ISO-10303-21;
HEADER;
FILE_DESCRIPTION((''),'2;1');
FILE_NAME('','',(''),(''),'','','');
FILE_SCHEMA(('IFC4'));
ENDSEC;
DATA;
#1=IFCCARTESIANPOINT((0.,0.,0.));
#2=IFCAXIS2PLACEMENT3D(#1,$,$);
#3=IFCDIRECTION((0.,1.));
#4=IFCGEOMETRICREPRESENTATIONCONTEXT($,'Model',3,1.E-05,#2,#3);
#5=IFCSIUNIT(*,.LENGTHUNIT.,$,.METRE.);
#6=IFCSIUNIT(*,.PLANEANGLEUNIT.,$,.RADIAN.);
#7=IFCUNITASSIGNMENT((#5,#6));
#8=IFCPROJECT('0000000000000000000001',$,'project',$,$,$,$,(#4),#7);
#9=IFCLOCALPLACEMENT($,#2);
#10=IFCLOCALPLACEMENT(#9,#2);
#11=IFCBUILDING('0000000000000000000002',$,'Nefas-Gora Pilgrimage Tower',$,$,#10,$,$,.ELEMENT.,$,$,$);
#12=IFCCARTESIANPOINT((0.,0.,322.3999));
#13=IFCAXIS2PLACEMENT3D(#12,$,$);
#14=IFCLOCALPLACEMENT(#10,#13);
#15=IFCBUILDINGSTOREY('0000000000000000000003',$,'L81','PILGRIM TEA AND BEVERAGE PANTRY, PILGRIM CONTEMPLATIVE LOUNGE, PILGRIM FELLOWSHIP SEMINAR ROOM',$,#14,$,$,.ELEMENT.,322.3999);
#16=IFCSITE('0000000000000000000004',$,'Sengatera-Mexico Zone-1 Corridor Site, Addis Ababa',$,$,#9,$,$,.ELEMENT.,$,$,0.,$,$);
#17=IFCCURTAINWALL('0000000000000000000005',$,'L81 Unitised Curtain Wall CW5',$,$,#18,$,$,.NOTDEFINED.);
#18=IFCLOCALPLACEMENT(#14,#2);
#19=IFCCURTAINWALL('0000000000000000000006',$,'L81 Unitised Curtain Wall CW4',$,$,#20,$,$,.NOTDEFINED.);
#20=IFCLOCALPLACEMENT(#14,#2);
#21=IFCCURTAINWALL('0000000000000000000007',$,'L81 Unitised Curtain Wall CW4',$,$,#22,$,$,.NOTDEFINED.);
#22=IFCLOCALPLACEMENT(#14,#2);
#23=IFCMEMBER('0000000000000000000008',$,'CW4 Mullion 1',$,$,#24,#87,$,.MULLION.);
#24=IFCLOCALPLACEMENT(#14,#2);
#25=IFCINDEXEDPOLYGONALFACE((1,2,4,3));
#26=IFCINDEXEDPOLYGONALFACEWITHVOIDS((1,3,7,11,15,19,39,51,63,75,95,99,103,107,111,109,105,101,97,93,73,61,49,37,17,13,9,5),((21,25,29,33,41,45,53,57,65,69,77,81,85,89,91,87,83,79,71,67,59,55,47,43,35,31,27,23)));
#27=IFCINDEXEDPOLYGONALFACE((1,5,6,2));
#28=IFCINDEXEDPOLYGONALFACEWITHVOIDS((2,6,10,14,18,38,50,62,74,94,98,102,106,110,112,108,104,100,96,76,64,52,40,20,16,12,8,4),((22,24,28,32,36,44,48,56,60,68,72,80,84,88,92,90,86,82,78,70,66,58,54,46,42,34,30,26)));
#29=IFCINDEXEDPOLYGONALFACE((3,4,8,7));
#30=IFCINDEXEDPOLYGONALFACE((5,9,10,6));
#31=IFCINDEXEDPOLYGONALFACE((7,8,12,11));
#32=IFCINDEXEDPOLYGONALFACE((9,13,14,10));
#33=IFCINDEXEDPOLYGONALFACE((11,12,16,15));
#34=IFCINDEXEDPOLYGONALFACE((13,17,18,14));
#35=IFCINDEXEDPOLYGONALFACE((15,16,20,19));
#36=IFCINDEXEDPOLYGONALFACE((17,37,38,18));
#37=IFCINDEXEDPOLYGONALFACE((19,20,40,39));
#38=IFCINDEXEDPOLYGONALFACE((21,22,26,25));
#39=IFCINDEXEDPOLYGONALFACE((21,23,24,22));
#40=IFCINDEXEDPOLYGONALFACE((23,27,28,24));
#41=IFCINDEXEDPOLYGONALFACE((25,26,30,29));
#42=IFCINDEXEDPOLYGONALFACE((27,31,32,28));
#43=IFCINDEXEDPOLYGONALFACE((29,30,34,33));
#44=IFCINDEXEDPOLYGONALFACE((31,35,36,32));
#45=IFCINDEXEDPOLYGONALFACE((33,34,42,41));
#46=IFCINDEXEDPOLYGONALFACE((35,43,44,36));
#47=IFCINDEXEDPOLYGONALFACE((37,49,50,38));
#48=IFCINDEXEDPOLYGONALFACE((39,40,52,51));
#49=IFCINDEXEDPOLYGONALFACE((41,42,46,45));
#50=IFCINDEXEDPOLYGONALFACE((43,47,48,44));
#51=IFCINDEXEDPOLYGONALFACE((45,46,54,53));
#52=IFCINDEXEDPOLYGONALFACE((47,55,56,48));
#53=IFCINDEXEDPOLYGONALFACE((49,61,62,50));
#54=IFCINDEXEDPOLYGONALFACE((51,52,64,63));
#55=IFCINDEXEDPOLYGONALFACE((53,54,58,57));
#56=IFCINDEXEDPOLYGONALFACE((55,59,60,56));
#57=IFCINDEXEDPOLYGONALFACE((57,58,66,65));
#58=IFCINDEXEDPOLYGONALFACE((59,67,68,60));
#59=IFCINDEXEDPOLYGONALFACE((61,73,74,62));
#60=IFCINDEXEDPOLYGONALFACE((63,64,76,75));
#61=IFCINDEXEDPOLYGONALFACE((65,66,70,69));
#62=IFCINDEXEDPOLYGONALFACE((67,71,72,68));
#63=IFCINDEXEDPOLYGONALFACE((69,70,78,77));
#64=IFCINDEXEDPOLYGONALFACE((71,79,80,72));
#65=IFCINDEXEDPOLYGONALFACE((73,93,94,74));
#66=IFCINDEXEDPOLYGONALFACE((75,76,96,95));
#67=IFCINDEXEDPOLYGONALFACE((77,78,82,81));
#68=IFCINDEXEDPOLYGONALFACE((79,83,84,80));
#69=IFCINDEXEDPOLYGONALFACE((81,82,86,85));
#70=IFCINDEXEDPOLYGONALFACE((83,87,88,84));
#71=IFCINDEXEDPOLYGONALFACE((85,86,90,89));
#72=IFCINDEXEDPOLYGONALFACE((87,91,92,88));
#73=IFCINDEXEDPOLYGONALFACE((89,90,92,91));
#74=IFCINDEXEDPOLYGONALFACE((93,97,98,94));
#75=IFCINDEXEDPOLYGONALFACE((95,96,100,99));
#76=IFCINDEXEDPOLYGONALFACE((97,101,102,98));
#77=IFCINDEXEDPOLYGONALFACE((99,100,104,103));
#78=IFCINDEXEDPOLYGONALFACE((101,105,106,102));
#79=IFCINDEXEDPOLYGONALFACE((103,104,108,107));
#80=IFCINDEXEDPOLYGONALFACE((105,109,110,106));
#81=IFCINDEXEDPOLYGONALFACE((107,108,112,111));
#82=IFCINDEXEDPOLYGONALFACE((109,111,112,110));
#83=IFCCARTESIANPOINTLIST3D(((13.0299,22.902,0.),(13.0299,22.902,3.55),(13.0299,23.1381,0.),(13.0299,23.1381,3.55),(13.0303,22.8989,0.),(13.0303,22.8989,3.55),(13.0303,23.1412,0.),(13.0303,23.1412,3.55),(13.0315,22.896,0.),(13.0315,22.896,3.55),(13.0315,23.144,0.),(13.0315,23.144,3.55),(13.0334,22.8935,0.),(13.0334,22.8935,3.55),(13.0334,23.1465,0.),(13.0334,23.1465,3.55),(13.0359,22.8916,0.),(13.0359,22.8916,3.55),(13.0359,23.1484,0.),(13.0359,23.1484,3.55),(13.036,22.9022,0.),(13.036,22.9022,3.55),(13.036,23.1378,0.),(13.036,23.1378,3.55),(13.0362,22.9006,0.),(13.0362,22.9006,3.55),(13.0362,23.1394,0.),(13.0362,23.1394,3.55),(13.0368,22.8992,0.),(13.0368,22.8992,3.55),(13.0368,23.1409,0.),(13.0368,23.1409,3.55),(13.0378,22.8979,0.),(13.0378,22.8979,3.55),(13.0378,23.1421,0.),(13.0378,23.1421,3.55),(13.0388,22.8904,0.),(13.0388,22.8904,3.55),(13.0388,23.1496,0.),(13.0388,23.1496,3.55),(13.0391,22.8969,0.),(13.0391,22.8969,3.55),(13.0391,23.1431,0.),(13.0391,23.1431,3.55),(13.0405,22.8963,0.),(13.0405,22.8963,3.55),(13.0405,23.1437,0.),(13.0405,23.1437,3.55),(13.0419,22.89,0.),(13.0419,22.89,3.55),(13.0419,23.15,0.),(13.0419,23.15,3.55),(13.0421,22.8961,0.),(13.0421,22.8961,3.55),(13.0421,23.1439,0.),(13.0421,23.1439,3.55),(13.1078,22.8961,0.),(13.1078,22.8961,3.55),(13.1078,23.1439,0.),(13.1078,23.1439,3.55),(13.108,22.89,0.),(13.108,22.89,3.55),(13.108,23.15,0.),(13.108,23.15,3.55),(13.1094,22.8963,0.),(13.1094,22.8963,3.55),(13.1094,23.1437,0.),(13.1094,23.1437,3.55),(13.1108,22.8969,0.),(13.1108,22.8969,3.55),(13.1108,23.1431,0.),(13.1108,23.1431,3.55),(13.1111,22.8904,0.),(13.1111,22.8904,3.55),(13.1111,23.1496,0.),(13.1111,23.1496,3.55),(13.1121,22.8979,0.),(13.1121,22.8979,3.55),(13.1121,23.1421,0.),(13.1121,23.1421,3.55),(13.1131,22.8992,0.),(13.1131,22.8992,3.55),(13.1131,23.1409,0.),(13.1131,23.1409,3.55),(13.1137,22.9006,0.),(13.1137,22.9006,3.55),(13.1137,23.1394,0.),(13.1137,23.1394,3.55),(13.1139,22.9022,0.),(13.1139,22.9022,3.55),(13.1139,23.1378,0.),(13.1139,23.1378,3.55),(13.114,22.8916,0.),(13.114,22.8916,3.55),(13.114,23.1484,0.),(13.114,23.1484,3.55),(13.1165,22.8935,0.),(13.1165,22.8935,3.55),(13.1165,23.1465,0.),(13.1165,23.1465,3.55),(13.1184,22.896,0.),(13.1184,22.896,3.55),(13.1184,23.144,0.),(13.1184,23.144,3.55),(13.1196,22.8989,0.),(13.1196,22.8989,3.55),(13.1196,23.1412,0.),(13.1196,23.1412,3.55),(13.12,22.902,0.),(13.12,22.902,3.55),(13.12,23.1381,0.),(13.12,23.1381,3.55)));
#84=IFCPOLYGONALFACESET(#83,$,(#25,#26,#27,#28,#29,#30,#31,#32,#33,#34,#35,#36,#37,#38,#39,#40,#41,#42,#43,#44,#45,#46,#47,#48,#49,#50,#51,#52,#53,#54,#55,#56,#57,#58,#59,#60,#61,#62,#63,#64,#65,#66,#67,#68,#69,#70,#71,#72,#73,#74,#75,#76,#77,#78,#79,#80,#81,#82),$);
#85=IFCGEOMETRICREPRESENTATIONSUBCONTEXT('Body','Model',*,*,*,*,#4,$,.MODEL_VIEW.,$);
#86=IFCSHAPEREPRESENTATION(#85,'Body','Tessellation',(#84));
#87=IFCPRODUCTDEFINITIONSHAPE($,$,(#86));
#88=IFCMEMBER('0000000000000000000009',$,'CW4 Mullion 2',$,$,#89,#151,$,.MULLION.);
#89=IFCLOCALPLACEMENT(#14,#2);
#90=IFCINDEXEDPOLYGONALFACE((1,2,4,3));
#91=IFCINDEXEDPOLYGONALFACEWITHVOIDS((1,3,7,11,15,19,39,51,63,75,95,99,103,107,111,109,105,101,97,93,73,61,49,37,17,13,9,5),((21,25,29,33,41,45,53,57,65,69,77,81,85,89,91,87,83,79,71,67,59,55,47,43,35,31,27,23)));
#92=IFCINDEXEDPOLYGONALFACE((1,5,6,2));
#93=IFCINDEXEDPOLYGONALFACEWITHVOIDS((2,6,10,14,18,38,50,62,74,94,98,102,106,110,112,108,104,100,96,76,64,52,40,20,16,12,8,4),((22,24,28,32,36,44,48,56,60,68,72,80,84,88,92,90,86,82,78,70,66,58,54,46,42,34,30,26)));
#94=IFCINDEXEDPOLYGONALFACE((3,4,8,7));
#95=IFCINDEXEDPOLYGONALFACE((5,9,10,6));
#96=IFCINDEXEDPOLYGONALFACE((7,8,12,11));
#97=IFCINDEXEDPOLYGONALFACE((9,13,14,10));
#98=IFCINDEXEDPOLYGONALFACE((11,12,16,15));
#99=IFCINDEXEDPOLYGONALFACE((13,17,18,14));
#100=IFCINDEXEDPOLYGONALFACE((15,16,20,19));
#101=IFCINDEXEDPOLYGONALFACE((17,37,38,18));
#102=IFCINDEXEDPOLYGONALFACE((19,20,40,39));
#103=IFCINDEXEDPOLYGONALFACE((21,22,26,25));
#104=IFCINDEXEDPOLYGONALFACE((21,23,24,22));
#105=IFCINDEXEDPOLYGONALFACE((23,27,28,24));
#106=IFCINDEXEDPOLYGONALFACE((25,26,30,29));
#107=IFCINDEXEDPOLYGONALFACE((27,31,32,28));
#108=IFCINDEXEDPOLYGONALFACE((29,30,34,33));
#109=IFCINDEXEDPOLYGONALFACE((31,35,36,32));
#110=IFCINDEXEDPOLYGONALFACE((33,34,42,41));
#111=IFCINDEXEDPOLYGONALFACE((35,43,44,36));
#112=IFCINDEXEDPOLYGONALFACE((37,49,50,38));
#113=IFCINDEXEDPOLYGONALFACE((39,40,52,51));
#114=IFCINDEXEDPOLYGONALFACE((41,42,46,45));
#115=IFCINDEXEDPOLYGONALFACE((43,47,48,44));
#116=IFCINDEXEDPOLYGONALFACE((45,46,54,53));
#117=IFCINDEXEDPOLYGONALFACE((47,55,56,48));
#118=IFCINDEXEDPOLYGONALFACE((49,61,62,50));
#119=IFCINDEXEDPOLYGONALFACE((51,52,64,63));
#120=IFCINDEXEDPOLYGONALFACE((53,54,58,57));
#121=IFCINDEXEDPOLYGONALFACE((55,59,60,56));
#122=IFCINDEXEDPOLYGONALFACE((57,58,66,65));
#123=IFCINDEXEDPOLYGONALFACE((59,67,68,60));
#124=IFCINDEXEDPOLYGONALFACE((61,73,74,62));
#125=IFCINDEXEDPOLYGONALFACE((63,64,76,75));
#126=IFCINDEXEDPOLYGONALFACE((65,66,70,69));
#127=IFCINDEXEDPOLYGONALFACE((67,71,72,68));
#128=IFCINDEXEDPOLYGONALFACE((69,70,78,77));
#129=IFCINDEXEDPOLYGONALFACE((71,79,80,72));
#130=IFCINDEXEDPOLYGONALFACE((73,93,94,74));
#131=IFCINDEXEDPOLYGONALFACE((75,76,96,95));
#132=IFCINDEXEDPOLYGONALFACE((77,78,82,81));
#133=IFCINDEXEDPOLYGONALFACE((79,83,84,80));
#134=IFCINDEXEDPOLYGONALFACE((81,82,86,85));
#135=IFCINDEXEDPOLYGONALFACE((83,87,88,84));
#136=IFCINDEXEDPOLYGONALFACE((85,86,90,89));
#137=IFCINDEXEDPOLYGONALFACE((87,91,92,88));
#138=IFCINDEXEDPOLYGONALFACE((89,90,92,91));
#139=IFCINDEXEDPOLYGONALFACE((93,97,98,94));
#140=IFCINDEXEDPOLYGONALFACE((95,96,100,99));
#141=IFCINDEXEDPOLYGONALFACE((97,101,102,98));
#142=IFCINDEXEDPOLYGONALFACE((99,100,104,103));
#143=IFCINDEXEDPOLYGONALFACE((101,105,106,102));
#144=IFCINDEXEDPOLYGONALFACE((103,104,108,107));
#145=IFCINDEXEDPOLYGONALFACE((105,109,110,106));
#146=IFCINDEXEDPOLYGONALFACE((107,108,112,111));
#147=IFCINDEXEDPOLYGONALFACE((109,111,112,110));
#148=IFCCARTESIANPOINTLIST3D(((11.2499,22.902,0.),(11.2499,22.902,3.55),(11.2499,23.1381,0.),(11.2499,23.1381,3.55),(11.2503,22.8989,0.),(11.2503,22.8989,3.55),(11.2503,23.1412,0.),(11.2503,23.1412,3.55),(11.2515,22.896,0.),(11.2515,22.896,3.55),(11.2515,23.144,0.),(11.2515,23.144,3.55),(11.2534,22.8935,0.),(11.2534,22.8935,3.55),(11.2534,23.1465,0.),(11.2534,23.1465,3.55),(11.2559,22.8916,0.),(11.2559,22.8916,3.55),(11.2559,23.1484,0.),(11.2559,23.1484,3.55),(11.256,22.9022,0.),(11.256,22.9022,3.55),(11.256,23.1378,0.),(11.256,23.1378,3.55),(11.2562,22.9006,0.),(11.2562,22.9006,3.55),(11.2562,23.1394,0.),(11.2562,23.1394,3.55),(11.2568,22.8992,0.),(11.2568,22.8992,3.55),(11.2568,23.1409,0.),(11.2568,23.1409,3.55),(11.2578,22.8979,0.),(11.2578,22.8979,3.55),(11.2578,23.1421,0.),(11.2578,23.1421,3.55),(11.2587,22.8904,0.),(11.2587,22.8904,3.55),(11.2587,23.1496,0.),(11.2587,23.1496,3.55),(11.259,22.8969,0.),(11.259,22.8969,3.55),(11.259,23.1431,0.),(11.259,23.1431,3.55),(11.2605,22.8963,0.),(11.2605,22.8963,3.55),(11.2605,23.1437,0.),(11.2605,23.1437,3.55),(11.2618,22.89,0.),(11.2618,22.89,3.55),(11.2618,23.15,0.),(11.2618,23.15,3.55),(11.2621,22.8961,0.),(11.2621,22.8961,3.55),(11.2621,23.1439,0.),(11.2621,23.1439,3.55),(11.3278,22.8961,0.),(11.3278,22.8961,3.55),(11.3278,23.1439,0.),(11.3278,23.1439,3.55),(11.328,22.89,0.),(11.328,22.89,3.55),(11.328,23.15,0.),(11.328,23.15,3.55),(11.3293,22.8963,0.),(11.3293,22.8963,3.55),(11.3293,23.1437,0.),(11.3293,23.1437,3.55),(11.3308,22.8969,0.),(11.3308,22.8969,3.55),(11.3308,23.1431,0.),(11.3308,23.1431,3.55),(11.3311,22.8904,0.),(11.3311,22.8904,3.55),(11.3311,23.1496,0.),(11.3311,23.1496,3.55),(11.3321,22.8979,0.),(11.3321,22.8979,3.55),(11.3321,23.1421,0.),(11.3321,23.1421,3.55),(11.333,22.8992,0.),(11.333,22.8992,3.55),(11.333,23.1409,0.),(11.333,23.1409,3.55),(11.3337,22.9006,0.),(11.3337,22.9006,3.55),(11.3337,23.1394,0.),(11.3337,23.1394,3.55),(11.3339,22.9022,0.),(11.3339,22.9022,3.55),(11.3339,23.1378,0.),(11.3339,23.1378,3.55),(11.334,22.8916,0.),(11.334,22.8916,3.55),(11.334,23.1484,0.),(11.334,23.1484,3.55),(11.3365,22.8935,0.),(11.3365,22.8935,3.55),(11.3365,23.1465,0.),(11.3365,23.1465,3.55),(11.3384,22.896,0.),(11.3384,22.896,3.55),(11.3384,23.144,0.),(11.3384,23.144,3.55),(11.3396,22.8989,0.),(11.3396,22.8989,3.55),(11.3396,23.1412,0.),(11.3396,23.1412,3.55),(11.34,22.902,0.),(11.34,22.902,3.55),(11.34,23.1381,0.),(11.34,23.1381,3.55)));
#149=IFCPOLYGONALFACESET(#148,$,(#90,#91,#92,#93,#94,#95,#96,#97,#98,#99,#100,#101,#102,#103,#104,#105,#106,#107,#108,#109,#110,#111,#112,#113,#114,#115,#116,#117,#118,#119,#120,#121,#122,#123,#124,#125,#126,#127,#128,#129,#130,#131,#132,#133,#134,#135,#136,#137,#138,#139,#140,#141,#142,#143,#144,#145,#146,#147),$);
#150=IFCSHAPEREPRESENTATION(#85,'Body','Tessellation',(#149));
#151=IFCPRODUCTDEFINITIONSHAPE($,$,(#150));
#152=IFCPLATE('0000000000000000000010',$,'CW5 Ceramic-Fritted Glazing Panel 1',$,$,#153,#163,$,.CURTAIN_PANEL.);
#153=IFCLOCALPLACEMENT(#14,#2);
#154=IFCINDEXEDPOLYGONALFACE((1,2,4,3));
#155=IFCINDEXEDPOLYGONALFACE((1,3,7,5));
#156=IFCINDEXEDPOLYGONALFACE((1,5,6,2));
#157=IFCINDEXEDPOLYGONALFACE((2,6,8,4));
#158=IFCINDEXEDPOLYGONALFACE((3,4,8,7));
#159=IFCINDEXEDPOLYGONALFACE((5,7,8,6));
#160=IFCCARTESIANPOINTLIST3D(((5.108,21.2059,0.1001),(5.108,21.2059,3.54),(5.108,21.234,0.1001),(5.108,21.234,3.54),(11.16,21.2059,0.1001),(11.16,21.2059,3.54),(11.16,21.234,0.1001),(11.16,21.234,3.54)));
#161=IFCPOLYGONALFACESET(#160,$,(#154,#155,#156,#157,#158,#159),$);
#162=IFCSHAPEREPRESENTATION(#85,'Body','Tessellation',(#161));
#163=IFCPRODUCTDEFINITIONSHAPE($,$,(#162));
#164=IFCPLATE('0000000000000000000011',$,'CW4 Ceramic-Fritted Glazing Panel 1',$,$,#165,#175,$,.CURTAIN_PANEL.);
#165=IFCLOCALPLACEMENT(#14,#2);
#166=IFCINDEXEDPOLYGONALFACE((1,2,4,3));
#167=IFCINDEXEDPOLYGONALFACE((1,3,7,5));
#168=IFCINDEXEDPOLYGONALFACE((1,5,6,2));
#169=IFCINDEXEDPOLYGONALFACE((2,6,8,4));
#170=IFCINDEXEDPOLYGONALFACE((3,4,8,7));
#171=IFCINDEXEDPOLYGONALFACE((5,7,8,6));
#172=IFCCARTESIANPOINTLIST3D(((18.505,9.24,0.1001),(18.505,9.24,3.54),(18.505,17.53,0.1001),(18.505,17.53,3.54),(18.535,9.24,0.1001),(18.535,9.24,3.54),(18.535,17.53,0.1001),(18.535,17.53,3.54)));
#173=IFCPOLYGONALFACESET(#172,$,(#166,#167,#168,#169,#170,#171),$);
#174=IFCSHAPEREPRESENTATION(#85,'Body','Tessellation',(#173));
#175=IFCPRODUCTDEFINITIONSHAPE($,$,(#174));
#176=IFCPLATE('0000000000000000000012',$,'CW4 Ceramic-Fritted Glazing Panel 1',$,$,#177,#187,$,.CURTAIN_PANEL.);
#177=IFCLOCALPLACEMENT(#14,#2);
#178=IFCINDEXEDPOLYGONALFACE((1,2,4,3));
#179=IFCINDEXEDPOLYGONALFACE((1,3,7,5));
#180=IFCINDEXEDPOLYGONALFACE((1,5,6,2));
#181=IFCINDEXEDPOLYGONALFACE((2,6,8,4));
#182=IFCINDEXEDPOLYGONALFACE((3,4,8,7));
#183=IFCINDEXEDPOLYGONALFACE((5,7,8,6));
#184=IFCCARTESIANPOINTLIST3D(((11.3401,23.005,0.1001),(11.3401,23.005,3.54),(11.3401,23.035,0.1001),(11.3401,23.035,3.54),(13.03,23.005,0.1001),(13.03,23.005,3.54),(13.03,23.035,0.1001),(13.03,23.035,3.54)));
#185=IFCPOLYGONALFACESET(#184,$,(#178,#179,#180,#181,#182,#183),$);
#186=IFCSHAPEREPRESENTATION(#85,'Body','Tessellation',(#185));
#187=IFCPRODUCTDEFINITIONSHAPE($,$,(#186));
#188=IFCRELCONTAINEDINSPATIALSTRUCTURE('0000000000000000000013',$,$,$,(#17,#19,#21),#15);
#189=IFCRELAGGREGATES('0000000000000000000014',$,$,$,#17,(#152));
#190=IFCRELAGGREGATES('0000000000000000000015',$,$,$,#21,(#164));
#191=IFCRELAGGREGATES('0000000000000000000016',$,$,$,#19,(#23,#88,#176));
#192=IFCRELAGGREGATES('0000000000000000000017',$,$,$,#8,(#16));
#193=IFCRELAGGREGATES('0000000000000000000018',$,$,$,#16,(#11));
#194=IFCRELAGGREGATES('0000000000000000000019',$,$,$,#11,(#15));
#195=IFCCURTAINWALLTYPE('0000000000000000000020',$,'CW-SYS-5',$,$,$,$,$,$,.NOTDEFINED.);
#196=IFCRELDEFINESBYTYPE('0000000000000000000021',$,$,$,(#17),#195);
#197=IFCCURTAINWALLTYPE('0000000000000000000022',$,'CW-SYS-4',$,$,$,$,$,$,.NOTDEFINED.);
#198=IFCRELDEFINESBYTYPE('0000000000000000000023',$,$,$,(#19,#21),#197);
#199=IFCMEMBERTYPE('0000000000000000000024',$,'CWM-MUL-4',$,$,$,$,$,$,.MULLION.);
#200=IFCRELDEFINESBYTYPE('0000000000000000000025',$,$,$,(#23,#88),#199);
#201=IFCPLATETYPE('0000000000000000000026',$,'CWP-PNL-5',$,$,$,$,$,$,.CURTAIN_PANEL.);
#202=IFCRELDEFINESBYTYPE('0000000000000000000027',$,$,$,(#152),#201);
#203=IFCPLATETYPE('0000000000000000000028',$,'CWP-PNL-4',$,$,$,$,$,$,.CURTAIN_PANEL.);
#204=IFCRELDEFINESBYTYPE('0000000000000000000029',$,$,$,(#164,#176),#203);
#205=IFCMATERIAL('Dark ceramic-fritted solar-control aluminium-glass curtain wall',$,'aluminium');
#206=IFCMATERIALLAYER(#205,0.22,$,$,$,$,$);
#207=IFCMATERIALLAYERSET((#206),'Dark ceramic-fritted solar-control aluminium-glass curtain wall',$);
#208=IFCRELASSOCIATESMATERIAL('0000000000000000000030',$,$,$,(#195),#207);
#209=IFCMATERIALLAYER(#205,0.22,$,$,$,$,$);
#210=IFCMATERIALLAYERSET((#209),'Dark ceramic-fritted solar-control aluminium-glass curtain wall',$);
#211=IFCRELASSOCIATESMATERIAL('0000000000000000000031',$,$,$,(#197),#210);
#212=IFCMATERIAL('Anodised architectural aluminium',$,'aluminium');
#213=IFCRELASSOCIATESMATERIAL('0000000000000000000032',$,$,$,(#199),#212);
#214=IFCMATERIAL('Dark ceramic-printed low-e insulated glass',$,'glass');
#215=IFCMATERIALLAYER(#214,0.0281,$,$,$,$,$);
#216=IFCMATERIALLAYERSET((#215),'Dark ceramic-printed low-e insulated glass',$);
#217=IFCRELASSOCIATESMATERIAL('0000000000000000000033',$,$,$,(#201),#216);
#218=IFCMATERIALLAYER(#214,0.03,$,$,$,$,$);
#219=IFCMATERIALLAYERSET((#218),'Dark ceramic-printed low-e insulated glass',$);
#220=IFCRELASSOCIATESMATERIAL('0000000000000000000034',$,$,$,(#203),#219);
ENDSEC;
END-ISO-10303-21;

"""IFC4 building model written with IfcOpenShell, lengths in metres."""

from ifc_helpers import new_model, si_unit, direction, frame, origin, origin_2d, place, context, subcontext, project, spatial, rectangle, hollow_rectangle, extrude, source, transform, mapped, material, layer, layer_set, material_profile, profile_set, type_object, element, aggregate, save


model = new_model("IFC4")

# Units and contexts
model_context = context("Model", 3, precision=1e-05, world=origin(), true_north=direction((0.0, 1.0)))
body_context = subcontext(model_context, "Body", "Model", "MODEL_VIEW")
ifc_project = project(units=[si_unit("LENGTHUNIT", "METRE"), si_unit("PLANEANGLEUNIT", "RADIAN")], contexts=[model_context])

# Site, building, storey
site_placement = place(None, origin())
site = spatial("IfcSite", under=ifc_project, at=site_placement, Name="Sengatera-Mexico Zone-1 Corridor Site, Addis Ababa", CompositionType="ELEMENT", RefElevation=0.0)
building_placement = place(site_placement, origin())
building = spatial("IfcBuilding", under=site, at=building_placement, Name="Nefas-Gora Pilgrimage Tower", CompositionType="ELEMENT")
storey_placement = place(building_placement, frame((0.0, 0.0, 322.3999)))
storey = spatial("IfcBuildingStorey", under=building, at=storey_placement, Name="L81", Description="PILGRIM TEA AND BEVERAGE PANTRY, PILGRIM CONTEMPLATIVE LOUNGE, PILGRIM FELLOWSHIP SEMINAR ROOM", CompositionType="ELEMENT", Elevation=322.3999)

# Curtain wall
ifc_material_1 = material(Name="Dark ceramic-fritted solar-control aluminium-glass curtain wall", Category="aluminium")
ifc_layer_1 = layer(ifc_material_1, 0.22)
ifc_layer_set_1 = layer_set([ifc_layer_1], Name="Dark ceramic-fritted solar-control aluminium-glass curtain wall")
curtain_wall_type_1 = type_object("IfcCurtainWallType", Name="CW-SYS-5", PredefinedType="NOTDEFINED", material=ifc_layer_set_1)
curtain_wall_1_placement = place(storey_placement, origin())
curtain_wall_1 = element("IfcCurtainWall", 1, at=curtain_wall_1_placement, inside=storey, type_object=curtain_wall_type_1, Name="L81 Unitised Curtain Wall CW5", PredefinedType="NOTDEFINED")
ifc_material_2 = material(Name="Anodised architectural aluminium", Category="aluminium")

# Curtain walls
ifc_layer_2 = layer(ifc_material_1, 0.22)
ifc_layer_set_2 = layer_set([ifc_layer_2], Name="Dark ceramic-fritted solar-control aluminium-glass curtain wall")
curtain_wall_type_2 = type_object("IfcCurtainWallType", Name="CW-SYS-4", PredefinedType="NOTDEFINED", material=ifc_layer_set_2)
curtain_wall_2_placement = place(storey_placement, origin())
curtain_wall_2 = element("IfcCurtainWall", 2, at=curtain_wall_2_placement, inside=storey, type_object=curtain_wall_type_2, Name="L81 Unitised Curtain Wall CW4", PredefinedType="NOTDEFINED")
curtain_wall_3_placement = place(storey_placement, origin())
curtain_wall_3 = element("IfcCurtainWall", 3, at=curtain_wall_3_placement, inside=storey, type_object=curtain_wall_type_2, Name="L81 Unitised Curtain Wall CW4", PredefinedType="NOTDEFINED")
ifc_material_profile_1 = material_profile(ifc_material_2, hollow_rectangle(XDim=0.0901, YDim=0.26, WallThickness=0.0061, InnerFilletRadius=0.0061, OuterFilletRadius=0.012, at=origin_2d()), Name="ALU MULLION 90x260")
ifc_profile_set_1 = profile_set([ifc_material_profile_1], Name="Anodised architectural aluminium")
member_type_1 = type_object("IfcMemberType", Name="CWM-MUL-4", PredefinedType="MULLION", material=ifc_profile_set_1)
shared_shape_1 = source(origin(), body_context, "Body", "SweptSolid", [
    extrude(hollow_rectangle(XDim=0.0901, YDim=0.26, WallThickness=0.0061, InnerFilletRadius=0.0061, OuterFilletRadius=0.012, at=origin_2d()), origin(), (0.0, 0.0, 1.0), 3.55),
])

# Members
member_1_placement = place(storey_placement, frame((13.075, 23.02, 0.0), z_axis=(0.0, 0.0, 1.0), x_axis=(-1.0, 0.0, 0.0)))
member_1 = element("IfcMember", 4, at=member_1_placement, type_object=member_type_1, Name="CW4 Mullion 1", PredefinedType="MULLION", context=body_context, shape_type="MappedRepresentation", body=[
    mapped(shared_shape_1, transform((0.0, 0.0, 0.0), x_axis=(1.0, 0.0, 0.0), y_axis=(0.0, 1.0, 0.0), z_axis=(0.0, 0.0, 1.0), scale=1.0)),
])
member_2_placement = place(storey_placement, frame((11.2949, 23.02, 0.0), z_axis=(0.0, 0.0, 1.0), x_axis=(-1.0, 0.0, 0.0)))
member_2 = element("IfcMember", 5, at=member_2_placement, type_object=member_type_1, Name="CW4 Mullion 2", PredefinedType="MULLION", context=body_context, shape_type="MappedRepresentation", body=[
    mapped(shared_shape_1, transform((0.0, 0.0, 0.0), x_axis=(1.0, 0.0, 0.0), y_axis=(0.0, 1.0, 0.0), z_axis=(0.0, 0.0, 1.0), scale=1.0)),
])

# Plates
ifc_material_3 = material(Name="Dark ceramic-printed low-e insulated glass", Category="glass")
ifc_layer_3 = layer(ifc_material_3, 0.0281)
ifc_layer_set_3 = layer_set([ifc_layer_3], Name="Dark ceramic-printed low-e insulated glass")
plate_type_1 = type_object("IfcPlateType", Name="CWP-PNL-5", PredefinedType="CURTAIN_PANEL", material=ifc_layer_set_3)
shared_shape_2 = source(origin(), body_context, "Body", "SweptSolid", [
    extrude(rectangle(XDim=6.052, YDim=0.0281, at=origin_2d()), origin(), (0.0, 0.0, 1.0), 3.4399),
])
plate_1_placement = place(storey_placement, frame((8.134, 21.22, 0.1001), z_axis=(0.0, 0.0, 1.0), x_axis=(-1.0, 0.0, 0.0)))
plate_1 = element("IfcPlate", 6, at=plate_1_placement, type_object=plate_type_1, Name="CW5 Ceramic-Fritted Glazing Panel 1", PredefinedType="CURTAIN_PANEL", context=body_context, shape_type="MappedRepresentation", body=[
    mapped(shared_shape_2, transform((0.0, 0.0, 0.0), x_axis=(1.0, 0.0, 0.0), y_axis=(0.0, 1.0, 0.0), z_axis=(0.0, 0.0, 1.0), scale=1.0)),
])
aggregate(curtain_wall_1, [plate_1])
ifc_layer_4 = layer(ifc_material_3, 0.03)
ifc_layer_set_4 = layer_set([ifc_layer_4], Name="Dark ceramic-printed low-e insulated glass")
plate_type_2 = type_object("IfcPlateType", Name="CWP-PNL-4", PredefinedType="CURTAIN_PANEL", material=ifc_layer_set_4)
shared_shape_3 = source(origin(), body_context, "Body", "SweptSolid", [
    extrude(rectangle(XDim=8.29, YDim=0.03, at=origin_2d()), origin(), (0.0, 0.0, 1.0), 3.4399),
])
plate_2_placement = place(storey_placement, frame((18.52, 13.385, 0.1001), z_axis=(0.0, 0.0, 1.0), x_axis=(0.0, 1.0, 0.0)))
plate_2 = element("IfcPlate", 7, at=plate_2_placement, type_object=plate_type_2, Name="CW4 Ceramic-Fritted Glazing Panel 1", PredefinedType="CURTAIN_PANEL", context=body_context, shape_type="MappedRepresentation", body=[
    mapped(shared_shape_3, transform((0.0, 0.0, 0.0), x_axis=(1.0, 0.0, 0.0), y_axis=(0.0, 1.0, 0.0), z_axis=(0.0, 0.0, 1.0), scale=1.0)),
])
aggregate(curtain_wall_3, [plate_2])
shared_shape_4 = source(origin(), body_context, "Body", "SweptSolid", [
    extrude(rectangle(XDim=1.6899, YDim=0.03, at=origin_2d()), origin(), (0.0, 0.0, 1.0), 3.4399),
])
plate_3_placement = place(storey_placement, frame((12.1851, 23.02, 0.1001), z_axis=(0.0, 0.0, 1.0), x_axis=(-1.0, 0.0, 0.0)))
plate_3 = element("IfcPlate", 8, at=plate_3_placement, type_object=plate_type_2, Name="CW4 Ceramic-Fritted Glazing Panel 1", PredefinedType="CURTAIN_PANEL", context=body_context, shape_type="MappedRepresentation", body=[
    mapped(shared_shape_4, transform((0.0, 0.0, 0.0), x_axis=(1.0, 0.0, 0.0), y_axis=(0.0, 1.0, 0.0), z_axis=(0.0, 0.0, 1.0), scale=1.0)),
])
aggregate(curtain_wall_2, [member_1, member_2, plate_3])

save(model, "model.ifc")
